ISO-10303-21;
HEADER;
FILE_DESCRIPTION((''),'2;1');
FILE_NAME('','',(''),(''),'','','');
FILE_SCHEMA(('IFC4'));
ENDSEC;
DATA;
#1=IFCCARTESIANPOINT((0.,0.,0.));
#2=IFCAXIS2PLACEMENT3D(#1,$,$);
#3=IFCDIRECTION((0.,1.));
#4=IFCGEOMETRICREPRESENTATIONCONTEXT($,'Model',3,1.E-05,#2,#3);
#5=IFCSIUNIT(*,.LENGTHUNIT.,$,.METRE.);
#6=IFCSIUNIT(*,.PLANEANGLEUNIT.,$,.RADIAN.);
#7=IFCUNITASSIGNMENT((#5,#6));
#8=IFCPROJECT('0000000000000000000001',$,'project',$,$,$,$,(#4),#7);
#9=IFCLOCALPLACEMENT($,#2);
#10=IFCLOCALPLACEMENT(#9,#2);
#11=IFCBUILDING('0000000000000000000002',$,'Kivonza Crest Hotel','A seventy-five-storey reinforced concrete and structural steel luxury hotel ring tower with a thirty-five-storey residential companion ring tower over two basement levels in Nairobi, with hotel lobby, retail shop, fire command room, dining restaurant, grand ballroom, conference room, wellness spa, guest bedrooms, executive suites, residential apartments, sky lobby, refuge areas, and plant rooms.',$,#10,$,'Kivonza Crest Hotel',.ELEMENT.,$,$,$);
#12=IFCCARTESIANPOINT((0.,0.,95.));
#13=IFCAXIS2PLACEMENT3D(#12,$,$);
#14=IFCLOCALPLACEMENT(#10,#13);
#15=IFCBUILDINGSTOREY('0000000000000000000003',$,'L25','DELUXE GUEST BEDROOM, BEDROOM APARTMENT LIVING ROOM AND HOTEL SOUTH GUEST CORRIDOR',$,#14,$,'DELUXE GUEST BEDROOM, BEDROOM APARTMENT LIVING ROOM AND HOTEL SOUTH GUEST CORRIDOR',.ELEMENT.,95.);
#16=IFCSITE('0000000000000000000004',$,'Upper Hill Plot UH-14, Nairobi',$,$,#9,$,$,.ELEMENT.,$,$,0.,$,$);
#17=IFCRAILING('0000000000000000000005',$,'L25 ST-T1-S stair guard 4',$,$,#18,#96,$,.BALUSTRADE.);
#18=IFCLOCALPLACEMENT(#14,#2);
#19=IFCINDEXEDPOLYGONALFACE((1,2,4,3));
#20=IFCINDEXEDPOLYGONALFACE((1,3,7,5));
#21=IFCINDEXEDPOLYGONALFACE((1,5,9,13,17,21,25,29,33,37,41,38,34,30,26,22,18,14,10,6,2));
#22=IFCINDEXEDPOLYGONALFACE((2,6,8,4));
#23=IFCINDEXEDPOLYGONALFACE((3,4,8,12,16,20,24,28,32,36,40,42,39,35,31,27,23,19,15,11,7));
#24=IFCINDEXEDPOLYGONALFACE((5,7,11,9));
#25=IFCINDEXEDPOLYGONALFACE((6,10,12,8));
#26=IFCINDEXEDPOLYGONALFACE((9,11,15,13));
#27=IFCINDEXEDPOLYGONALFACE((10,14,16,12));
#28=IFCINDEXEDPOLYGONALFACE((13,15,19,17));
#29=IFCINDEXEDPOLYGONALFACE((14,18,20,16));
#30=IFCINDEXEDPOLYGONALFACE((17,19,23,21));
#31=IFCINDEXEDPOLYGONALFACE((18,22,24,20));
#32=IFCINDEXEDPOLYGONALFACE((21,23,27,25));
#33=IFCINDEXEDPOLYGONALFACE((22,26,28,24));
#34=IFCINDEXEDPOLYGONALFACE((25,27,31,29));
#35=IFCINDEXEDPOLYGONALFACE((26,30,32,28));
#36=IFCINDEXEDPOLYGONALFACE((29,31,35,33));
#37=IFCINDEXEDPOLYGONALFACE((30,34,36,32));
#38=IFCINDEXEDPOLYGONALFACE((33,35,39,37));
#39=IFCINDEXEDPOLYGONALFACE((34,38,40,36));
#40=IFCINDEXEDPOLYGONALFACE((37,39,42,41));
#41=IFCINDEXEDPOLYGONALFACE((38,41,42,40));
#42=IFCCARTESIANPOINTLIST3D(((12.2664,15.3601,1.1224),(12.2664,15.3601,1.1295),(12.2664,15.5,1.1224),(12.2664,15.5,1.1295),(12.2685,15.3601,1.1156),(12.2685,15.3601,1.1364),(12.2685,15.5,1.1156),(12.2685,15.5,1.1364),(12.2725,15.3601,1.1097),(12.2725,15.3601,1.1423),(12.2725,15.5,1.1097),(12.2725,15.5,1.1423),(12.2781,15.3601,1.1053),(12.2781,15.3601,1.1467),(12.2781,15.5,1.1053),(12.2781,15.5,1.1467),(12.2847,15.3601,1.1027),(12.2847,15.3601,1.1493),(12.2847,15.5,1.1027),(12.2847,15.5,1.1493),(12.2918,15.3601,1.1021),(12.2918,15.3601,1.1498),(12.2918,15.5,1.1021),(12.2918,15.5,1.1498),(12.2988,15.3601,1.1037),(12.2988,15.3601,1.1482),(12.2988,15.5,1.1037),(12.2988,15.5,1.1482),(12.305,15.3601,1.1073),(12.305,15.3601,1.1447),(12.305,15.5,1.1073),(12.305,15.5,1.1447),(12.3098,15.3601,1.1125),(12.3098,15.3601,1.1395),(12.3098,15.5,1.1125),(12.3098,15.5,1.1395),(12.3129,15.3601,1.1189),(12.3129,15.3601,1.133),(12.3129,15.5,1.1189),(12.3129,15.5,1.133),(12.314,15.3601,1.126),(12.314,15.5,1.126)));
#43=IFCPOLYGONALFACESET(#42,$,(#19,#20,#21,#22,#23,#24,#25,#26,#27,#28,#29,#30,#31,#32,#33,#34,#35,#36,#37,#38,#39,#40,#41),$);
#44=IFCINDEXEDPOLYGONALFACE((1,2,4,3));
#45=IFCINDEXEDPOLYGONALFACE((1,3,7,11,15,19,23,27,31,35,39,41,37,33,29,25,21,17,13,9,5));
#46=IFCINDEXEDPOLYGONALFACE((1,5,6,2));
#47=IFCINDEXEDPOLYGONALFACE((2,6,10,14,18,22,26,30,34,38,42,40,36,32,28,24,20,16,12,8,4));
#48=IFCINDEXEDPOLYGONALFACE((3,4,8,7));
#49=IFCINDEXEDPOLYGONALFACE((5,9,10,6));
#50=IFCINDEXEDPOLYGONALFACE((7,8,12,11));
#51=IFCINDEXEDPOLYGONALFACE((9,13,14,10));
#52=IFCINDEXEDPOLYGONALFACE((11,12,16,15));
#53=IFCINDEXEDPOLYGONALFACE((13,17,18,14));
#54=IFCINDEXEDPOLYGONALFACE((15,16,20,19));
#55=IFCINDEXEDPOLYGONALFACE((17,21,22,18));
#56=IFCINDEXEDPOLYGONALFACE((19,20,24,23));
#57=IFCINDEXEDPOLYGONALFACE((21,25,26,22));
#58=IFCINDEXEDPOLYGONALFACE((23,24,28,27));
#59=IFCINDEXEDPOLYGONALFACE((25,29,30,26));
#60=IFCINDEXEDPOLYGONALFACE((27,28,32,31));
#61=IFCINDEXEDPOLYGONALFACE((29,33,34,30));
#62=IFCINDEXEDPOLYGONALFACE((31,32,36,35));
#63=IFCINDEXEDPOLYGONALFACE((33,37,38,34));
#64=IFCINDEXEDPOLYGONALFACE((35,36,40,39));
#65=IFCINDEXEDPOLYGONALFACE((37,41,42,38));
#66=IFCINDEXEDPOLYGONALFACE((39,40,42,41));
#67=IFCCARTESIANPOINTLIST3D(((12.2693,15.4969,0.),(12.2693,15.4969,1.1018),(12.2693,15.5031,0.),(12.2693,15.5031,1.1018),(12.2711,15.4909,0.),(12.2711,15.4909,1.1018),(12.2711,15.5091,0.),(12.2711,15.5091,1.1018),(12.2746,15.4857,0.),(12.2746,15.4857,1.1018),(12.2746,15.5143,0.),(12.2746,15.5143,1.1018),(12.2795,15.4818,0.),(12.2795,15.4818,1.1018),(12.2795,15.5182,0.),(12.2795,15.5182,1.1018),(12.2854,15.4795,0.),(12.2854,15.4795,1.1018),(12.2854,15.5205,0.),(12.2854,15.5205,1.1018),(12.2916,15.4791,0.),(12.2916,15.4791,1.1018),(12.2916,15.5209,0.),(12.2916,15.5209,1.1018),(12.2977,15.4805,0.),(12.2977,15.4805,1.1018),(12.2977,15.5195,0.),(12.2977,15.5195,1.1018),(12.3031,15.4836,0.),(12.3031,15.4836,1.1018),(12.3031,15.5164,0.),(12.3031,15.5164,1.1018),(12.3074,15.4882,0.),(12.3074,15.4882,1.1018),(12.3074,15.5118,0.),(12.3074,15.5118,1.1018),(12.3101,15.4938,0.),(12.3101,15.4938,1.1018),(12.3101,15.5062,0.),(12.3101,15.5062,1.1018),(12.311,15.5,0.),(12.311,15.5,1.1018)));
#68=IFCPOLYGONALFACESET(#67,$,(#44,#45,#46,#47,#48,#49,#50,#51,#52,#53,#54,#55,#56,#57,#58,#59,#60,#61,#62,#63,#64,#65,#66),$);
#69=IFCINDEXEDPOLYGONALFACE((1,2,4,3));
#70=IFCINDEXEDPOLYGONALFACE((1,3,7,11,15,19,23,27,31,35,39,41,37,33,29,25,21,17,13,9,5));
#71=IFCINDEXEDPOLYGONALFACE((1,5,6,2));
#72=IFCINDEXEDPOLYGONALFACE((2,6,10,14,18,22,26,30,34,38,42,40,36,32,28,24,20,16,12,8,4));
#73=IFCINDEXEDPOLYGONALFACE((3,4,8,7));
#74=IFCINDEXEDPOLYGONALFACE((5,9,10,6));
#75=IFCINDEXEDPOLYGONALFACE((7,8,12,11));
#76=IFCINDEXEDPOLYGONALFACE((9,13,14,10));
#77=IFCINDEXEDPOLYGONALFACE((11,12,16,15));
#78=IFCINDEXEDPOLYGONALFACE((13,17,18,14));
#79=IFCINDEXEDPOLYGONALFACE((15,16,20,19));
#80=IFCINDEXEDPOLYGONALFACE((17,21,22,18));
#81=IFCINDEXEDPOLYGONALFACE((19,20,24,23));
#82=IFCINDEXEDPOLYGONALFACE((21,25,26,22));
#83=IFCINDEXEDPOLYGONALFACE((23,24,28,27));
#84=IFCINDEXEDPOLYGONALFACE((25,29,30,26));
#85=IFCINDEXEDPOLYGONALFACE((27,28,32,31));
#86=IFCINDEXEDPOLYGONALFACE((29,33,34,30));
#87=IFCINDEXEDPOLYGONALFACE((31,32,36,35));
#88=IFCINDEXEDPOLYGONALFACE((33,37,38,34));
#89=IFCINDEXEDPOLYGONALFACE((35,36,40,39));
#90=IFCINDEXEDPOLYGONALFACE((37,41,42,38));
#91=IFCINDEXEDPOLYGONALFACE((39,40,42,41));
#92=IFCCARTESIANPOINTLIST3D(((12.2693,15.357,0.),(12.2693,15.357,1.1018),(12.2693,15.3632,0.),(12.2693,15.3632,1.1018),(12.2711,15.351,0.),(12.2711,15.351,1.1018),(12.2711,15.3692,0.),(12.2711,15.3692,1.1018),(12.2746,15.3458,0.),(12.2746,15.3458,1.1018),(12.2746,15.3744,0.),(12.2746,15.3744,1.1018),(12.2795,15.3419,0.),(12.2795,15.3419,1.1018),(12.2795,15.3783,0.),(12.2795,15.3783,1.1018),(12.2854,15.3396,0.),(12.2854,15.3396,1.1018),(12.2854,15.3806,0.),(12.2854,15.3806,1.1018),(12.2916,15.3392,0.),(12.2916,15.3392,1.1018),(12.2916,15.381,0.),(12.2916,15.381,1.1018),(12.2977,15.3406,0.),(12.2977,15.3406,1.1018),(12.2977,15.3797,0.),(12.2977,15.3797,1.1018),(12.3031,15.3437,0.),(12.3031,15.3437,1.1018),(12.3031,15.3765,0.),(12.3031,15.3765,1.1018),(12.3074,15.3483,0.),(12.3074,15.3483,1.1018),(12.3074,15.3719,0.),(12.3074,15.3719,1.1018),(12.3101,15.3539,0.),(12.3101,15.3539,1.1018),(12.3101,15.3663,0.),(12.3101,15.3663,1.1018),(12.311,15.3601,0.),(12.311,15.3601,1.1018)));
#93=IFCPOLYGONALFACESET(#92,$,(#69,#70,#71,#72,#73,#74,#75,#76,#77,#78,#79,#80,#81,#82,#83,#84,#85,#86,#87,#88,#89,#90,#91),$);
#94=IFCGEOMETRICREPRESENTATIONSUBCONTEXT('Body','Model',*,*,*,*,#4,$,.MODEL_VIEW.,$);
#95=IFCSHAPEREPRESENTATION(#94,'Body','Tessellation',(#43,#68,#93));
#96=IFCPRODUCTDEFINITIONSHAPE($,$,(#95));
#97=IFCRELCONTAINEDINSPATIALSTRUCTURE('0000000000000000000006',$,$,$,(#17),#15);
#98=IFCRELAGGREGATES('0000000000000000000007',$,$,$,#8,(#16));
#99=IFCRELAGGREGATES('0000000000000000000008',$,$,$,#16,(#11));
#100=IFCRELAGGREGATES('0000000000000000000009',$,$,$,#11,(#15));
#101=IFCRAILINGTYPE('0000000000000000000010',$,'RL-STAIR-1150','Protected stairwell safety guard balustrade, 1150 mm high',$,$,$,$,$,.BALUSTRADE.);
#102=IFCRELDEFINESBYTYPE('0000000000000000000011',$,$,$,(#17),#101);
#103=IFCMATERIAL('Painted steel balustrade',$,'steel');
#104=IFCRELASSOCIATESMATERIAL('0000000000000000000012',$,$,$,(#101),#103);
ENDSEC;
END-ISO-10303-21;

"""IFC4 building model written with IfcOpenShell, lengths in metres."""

from ifc_helpers import new_model, si_unit, direction, frame, origin, origin_2d, place, context, subcontext, project, spatial, circle, extrude, material, type_object, element, save


model = new_model("IFC4")

# Units and contexts
model_context = context("Model", 3, precision=1e-05, world=origin(), true_north=direction((0.0, 1.0)))
body_context = subcontext(model_context, "Body", "Model", "MODEL_VIEW")
ifc_project = project(units=[si_unit("LENGTHUNIT", "METRE"), si_unit("PLANEANGLEUNIT", "RADIAN")], contexts=[model_context])

# Site, building, storey
site_placement = place(None, origin())
site = spatial("IfcSite", under=ifc_project, at=site_placement, Name="Upper Hill Plot UH-14, Nairobi", CompositionType="ELEMENT", RefElevation=0.0)
building_placement = place(site_placement, origin())
building = spatial("IfcBuilding", under=site, at=building_placement, Name="Kivonza Crest Hotel", Description="A seventy-five-storey reinforced concrete and structural steel luxury hotel ring tower with a thirty-five-storey residential companion ring tower over two basement levels in Nairobi, with hotel lobby, retail shop, fire command room, dining restaurant, grand ballroom, conference room, wellness spa, guest bedrooms, executive suites, residential apartments, sky lobby, refuge areas, and plant rooms.", LongName="Kivonza Crest Hotel", CompositionType="ELEMENT")
storey_placement = place(building_placement, frame((0.0, 0.0, 95.0)))
storey = spatial("IfcBuildingStorey", under=building, at=storey_placement, Name="L25", Description="DELUXE GUEST BEDROOM, BEDROOM APARTMENT LIVING ROOM AND HOTEL SOUTH GUEST CORRIDOR", LongName="DELUXE GUEST BEDROOM, BEDROOM APARTMENT LIVING ROOM AND HOTEL SOUTH GUEST CORRIDOR", CompositionType="ELEMENT", Elevation=95.0)

# Railing
ifc_material_1 = material(Name="Painted steel balustrade", Category="steel")
railing_type_1 = type_object("IfcRailingType", Name="RL-STAIR-1150", Description="Protected stairwell safety guard balustrade, 1150 mm high", PredefinedType="BALUSTRADE", material=ifc_material_1)
railing_1_placement = place(storey_placement, frame((12.29, 15.5, 0.0)))
element("IfcRailing", 1, at=railing_1_placement, inside=storey, type_object=railing_type_1, Name="L25 ST-T1-S stair guard 4", PredefinedType="BALUSTRADE", context=body_context, shape_type="SweptSolid", body=[
    extrude(circle(Radius=0.0239, at=origin_2d()), frame((0.0, 0.0, 1.126), z_axis=(0.0, -1.0, 0.0), x_axis=(1.0, 0.0, 0.0)), (0.0, 0.0, 1.0), 0.1399),
    extrude(circle(Radius=0.021, at=origin_2d()), origin(), (0.0, 0.0, 1.0), 1.1018),
    extrude(circle(Radius=0.021, at=origin_2d()), frame((0.0, -0.1399, 0.0)), (0.0, 0.0, 1.0), 1.1018),
])

save(model, "model.ifc")
